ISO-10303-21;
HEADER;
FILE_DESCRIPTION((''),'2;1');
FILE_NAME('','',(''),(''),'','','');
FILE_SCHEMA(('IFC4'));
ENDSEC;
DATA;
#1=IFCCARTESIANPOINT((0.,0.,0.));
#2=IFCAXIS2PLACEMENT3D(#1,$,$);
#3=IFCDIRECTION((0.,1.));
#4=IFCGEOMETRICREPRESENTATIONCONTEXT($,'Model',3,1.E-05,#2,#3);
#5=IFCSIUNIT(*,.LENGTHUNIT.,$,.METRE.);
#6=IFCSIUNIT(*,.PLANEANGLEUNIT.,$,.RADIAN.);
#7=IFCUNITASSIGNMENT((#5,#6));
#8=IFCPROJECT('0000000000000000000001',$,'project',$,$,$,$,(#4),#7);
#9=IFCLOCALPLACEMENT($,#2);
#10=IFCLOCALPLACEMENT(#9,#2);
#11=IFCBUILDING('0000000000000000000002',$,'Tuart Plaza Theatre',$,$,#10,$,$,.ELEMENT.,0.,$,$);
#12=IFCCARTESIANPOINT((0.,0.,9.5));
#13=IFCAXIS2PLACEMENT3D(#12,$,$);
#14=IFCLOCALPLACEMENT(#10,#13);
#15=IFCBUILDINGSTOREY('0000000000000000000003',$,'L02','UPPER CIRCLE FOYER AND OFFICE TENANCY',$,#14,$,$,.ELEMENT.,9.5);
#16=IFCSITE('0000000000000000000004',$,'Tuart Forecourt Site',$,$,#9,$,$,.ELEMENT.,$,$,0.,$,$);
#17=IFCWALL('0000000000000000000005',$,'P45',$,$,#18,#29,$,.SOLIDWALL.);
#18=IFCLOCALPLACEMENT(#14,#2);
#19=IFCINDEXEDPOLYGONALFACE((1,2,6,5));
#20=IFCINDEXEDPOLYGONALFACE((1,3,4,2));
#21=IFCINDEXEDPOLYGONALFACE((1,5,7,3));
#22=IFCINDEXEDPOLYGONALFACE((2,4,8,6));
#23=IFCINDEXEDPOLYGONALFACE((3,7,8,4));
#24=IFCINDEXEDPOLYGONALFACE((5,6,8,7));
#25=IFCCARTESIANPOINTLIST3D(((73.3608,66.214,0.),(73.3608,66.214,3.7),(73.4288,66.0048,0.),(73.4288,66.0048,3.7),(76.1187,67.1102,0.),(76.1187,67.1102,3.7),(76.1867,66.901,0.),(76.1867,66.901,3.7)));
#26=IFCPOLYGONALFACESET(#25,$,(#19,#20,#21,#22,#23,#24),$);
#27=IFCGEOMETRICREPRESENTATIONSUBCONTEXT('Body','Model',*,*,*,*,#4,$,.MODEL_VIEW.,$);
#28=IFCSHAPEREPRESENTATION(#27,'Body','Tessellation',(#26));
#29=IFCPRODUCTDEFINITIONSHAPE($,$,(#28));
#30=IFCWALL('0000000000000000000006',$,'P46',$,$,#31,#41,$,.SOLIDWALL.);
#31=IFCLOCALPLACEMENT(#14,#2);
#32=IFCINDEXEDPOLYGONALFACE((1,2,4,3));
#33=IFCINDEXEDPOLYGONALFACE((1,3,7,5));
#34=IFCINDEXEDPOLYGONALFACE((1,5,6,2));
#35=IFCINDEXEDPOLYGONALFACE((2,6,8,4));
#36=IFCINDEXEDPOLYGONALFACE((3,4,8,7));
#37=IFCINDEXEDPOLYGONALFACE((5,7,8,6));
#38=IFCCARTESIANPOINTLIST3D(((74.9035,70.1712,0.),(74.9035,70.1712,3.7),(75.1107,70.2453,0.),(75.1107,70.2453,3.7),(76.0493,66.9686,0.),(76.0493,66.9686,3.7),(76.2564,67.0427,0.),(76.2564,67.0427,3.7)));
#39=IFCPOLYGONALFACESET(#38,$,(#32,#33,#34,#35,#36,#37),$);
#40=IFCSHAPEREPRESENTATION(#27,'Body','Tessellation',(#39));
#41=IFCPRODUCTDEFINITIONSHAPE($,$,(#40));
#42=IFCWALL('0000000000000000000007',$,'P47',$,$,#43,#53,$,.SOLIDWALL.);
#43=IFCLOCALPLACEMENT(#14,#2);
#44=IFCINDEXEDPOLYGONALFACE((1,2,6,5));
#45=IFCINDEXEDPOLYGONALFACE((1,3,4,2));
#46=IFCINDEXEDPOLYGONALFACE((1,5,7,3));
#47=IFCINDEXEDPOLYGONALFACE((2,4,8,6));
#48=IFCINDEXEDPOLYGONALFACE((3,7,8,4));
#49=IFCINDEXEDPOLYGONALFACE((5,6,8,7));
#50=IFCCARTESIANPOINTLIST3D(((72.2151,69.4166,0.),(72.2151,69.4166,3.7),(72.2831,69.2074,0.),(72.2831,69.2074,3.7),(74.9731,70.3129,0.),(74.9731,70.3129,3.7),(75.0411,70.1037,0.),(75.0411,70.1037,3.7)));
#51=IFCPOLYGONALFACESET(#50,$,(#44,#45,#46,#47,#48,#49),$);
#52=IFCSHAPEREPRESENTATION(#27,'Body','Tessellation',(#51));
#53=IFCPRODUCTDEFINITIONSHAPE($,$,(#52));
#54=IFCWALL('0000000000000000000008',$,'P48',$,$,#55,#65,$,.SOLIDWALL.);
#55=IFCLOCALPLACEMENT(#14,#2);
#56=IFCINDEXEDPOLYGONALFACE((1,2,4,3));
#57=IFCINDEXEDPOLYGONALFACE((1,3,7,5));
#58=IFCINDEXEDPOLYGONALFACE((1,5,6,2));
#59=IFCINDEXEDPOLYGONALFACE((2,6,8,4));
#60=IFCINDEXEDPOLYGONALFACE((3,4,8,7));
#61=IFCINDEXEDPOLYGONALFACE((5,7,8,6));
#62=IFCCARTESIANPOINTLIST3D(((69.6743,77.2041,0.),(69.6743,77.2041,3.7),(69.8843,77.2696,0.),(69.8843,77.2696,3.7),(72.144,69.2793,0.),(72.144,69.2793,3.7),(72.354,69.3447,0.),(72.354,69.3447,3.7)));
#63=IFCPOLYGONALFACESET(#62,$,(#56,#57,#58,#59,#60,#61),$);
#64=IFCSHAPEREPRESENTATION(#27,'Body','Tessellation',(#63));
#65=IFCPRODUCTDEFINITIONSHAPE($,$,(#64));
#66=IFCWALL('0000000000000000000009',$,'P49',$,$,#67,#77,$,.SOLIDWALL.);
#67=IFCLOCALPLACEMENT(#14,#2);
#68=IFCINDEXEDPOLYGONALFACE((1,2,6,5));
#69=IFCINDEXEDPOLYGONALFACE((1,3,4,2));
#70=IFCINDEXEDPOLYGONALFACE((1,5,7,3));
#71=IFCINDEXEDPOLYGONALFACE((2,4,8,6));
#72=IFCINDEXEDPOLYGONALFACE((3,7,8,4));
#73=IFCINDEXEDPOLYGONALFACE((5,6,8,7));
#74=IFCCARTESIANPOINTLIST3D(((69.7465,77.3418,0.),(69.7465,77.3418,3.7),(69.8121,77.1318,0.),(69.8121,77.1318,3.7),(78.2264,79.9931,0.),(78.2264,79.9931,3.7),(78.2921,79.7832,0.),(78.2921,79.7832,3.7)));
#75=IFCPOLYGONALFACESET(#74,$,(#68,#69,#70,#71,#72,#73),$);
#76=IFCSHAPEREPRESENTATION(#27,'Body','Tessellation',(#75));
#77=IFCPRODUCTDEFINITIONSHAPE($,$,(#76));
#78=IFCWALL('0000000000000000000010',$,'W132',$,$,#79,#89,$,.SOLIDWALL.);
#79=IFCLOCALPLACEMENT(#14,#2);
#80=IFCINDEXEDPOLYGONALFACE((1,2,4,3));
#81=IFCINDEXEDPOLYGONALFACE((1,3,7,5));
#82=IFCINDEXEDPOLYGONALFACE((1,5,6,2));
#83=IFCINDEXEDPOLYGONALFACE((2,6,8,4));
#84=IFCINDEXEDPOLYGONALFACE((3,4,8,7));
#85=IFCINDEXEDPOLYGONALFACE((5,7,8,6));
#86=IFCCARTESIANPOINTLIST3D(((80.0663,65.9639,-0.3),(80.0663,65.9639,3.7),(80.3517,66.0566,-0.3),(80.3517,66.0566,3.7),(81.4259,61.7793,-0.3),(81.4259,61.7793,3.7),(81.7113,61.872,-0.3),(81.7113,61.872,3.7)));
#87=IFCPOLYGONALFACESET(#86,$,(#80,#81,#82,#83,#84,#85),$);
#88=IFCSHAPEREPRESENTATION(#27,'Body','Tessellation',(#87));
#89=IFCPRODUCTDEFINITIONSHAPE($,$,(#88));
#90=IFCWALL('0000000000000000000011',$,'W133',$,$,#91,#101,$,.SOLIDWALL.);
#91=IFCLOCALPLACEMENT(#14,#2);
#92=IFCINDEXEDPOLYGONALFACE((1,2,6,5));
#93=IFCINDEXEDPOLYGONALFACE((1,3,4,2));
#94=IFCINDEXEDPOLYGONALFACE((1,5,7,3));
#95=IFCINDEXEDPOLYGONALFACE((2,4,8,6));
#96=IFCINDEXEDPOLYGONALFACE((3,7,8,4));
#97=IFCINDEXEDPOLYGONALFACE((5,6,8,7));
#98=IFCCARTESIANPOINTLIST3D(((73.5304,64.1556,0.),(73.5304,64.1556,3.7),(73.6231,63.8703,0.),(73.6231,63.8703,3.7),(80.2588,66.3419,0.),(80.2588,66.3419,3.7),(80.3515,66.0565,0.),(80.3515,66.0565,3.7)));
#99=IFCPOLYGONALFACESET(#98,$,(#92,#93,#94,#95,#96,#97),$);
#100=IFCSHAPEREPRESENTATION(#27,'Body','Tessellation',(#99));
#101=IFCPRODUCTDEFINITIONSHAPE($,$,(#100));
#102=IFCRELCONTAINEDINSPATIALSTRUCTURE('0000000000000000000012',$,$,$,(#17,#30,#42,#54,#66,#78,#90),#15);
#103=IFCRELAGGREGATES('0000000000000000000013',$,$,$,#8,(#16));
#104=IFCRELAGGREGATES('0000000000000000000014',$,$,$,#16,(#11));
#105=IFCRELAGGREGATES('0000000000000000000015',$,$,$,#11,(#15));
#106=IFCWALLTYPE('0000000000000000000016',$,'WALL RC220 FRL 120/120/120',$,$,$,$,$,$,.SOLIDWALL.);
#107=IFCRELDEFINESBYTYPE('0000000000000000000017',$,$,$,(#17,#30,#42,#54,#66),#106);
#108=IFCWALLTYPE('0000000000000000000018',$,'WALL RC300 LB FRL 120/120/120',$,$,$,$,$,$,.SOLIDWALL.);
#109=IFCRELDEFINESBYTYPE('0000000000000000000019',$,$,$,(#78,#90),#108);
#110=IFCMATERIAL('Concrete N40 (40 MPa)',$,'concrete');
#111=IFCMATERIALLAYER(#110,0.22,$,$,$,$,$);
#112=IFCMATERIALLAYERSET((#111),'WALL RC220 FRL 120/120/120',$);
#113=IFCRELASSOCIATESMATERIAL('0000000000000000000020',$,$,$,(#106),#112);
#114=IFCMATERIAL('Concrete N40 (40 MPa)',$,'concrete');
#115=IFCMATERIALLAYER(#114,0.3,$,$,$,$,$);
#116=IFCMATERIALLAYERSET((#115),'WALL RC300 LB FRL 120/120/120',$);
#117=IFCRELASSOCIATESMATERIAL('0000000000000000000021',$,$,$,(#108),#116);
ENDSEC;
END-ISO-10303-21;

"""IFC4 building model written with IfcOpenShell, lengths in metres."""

from ifc_helpers import new_model, si_unit, direction, frame, frame_2d, origin, place, context, subcontext, project, spatial, rectangle, extrude, material, layer, layer_set, type_object, element, save


model = new_model("IFC4")

# Units and contexts
model_context = context("Model", 3, precision=1e-05, world=origin(), true_north=direction((0.0, 1.0)))
body_context = subcontext(model_context, "Body", "Model", "MODEL_VIEW")
ifc_project = project(units=[si_unit("LENGTHUNIT", "METRE"), si_unit("PLANEANGLEUNIT", "RADIAN")], contexts=[model_context])

# Site, building, storey
site_placement = place(None, origin())
site = spatial("IfcSite", under=ifc_project, at=site_placement, Name="Tuart Forecourt Site", CompositionType="ELEMENT", RefElevation=0.0)
building_placement = place(site_placement, origin())
building = spatial("IfcBuilding", under=site, at=building_placement, Name="Tuart Plaza Theatre", CompositionType="ELEMENT", ElevationOfRefHeight=0.0)
storey_placement = place(building_placement, frame((0.0, 0.0, 9.5)))
storey = spatial("IfcBuildingStorey", under=building, at=storey_placement, Name="L02", Description="UPPER CIRCLE FOYER AND OFFICE TENANCY", CompositionType="ELEMENT", Elevation=9.5)

# Walls
ifc_material_1 = material(Name="Concrete N40 (40 MPa)", Category="concrete")
ifc_layer_1 = layer(ifc_material_1, 0.22)
ifc_layer_set_1 = layer_set([ifc_layer_1], Name="WALL RC220 FRL 120/120/120")
wall_type_1 = type_object("IfcWallType", Name="WALL RC220 FRL 120/120/120", PredefinedType="SOLIDWALL", material=ifc_layer_set_1)
wall_1_placement = place(storey_placement, frame((73.3948, 66.1094, 0.0), z_axis=(0.0, 0.0, 1.0), x_axis=(0.951047, 0.309046, 0.0)))
element("IfcWall", 1, at=wall_1_placement, inside=storey, type_object=wall_type_1, Name="P45", PredefinedType="SOLIDWALL", context=body_context, shape_type="SweptSolid", body=[
    extrude(rectangle(XDim=2.8999, YDim=0.22, at=frame_2d((1.45, 0.0))), origin(), (0.0, 0.0, 1.0), 3.7),
])
wall_2_placement = place(storey_placement, frame((76.1528, 67.0056, 0.0), z_axis=(0.0, 0.0, 1.0), x_axis=(-0.336846, 0.94156, 0.0)))
element("IfcWall", 2, at=wall_2_placement, inside=storey, type_object=wall_type_1, Name="P46", PredefinedType="SOLIDWALL", context=body_context, shape_type="SweptSolid", body=[
    extrude(rectangle(XDim=3.4014, YDim=0.22, at=frame_2d((1.7007, 0.0))), origin(), (0.0, 0.0, 1.0), 3.7),
])
wall_3_placement = place(storey_placement, frame((75.0071, 70.2083, 0.0), z_axis=(0.0, 0.0, 1.0), x_axis=(-0.951047, -0.309046, 0.0)))
element("IfcWall", 3, at=wall_3_placement, inside=storey, type_object=wall_type_1, Name="P47", PredefinedType="SOLIDWALL", context=body_context, shape_type="SweptSolid", body=[
    extrude(rectangle(XDim=2.8999, YDim=0.22, at=frame_2d((1.45, 0.0))), origin(), (0.0, 0.0, 1.0), 3.7),
])
wall_4_placement = place(storey_placement, frame((72.249, 69.312, 0.0), z_axis=(0.0, 0.0, 1.0), x_axis=(-0.297531, 0.954712, 0.0)))
element("IfcWall", 4, at=wall_4_placement, inside=storey, type_object=wall_type_1, Name="P48", PredefinedType="SOLIDWALL", context=body_context, shape_type="SweptSolid", body=[
    extrude(rectangle(XDim=8.3008, YDim=0.22, at=frame_2d((4.1504, 0.0))), origin(), (0.0, 0.0, 1.0), 3.7),
])
wall_5_placement = place(storey_placement, frame((69.7793, 77.2368, 0.0), z_axis=(0.0, 0.0, 1.0), x_axis=(0.954436, 0.298416, 0.0)))
element("IfcWall", 5, at=wall_5_placement, inside=storey, type_object=wall_type_1, Name="P49", PredefinedType="SOLIDWALL", context=body_context, shape_type="SweptSolid", body=[
    extrude(rectangle(XDim=8.8848, YDim=0.22, at=frame_2d((4.4424, 0.0))), origin(), (0.0, 0.0, 1.0), 3.7),
])
ifc_material_2 = material(Name="Concrete N40 (40 MPa)", Category="concrete")
ifc_layer_2 = layer(ifc_material_2, 0.3)
ifc_layer_set_2 = layer_set([ifc_layer_2], Name="WALL RC300 LB FRL 120/120/120")
wall_type_2 = type_object("IfcWallType", Name="WALL RC300 LB FRL 120/120/120", PredefinedType="SOLIDWALL", material=ifc_layer_set_2)
wall_6_placement = place(storey_placement, frame((81.5686, 61.8257, -0.3), z_axis=(0.0, 0.0, 1.0), x_axis=(-0.309011, 0.951059, 0.0)))
element("IfcWall", 6, at=wall_6_placement, inside=storey, type_object=wall_type_2, Name="W132", PredefinedType="SOLIDWALL", context=body_context, shape_type="SweptSolid", body=[
    extrude(rectangle(XDim=4.3999, YDim=0.3, at=frame_2d((2.2, 0.0))), origin(), (0.0, 0.0, 1.0), 4.0),
])
wall_7_placement = place(storey_placement, frame((80.3052, 66.1992, 0.0), z_axis=(0.0, 0.0, 1.0), x_axis=(-0.951054, -0.309024, 0.0)))
element("IfcWall", 7, at=wall_7_placement, inside=storey, type_object=wall_type_2, Name="W133", PredefinedType="SOLIDWALL", context=body_context, shape_type="SweptSolid", body=[
    extrude(rectangle(XDim=7.0747, YDim=0.3, at=frame_2d((3.5374, 0.0))), origin(), (0.0, 0.0, 1.0), 3.7),
])

save(model, "model.ifc")
